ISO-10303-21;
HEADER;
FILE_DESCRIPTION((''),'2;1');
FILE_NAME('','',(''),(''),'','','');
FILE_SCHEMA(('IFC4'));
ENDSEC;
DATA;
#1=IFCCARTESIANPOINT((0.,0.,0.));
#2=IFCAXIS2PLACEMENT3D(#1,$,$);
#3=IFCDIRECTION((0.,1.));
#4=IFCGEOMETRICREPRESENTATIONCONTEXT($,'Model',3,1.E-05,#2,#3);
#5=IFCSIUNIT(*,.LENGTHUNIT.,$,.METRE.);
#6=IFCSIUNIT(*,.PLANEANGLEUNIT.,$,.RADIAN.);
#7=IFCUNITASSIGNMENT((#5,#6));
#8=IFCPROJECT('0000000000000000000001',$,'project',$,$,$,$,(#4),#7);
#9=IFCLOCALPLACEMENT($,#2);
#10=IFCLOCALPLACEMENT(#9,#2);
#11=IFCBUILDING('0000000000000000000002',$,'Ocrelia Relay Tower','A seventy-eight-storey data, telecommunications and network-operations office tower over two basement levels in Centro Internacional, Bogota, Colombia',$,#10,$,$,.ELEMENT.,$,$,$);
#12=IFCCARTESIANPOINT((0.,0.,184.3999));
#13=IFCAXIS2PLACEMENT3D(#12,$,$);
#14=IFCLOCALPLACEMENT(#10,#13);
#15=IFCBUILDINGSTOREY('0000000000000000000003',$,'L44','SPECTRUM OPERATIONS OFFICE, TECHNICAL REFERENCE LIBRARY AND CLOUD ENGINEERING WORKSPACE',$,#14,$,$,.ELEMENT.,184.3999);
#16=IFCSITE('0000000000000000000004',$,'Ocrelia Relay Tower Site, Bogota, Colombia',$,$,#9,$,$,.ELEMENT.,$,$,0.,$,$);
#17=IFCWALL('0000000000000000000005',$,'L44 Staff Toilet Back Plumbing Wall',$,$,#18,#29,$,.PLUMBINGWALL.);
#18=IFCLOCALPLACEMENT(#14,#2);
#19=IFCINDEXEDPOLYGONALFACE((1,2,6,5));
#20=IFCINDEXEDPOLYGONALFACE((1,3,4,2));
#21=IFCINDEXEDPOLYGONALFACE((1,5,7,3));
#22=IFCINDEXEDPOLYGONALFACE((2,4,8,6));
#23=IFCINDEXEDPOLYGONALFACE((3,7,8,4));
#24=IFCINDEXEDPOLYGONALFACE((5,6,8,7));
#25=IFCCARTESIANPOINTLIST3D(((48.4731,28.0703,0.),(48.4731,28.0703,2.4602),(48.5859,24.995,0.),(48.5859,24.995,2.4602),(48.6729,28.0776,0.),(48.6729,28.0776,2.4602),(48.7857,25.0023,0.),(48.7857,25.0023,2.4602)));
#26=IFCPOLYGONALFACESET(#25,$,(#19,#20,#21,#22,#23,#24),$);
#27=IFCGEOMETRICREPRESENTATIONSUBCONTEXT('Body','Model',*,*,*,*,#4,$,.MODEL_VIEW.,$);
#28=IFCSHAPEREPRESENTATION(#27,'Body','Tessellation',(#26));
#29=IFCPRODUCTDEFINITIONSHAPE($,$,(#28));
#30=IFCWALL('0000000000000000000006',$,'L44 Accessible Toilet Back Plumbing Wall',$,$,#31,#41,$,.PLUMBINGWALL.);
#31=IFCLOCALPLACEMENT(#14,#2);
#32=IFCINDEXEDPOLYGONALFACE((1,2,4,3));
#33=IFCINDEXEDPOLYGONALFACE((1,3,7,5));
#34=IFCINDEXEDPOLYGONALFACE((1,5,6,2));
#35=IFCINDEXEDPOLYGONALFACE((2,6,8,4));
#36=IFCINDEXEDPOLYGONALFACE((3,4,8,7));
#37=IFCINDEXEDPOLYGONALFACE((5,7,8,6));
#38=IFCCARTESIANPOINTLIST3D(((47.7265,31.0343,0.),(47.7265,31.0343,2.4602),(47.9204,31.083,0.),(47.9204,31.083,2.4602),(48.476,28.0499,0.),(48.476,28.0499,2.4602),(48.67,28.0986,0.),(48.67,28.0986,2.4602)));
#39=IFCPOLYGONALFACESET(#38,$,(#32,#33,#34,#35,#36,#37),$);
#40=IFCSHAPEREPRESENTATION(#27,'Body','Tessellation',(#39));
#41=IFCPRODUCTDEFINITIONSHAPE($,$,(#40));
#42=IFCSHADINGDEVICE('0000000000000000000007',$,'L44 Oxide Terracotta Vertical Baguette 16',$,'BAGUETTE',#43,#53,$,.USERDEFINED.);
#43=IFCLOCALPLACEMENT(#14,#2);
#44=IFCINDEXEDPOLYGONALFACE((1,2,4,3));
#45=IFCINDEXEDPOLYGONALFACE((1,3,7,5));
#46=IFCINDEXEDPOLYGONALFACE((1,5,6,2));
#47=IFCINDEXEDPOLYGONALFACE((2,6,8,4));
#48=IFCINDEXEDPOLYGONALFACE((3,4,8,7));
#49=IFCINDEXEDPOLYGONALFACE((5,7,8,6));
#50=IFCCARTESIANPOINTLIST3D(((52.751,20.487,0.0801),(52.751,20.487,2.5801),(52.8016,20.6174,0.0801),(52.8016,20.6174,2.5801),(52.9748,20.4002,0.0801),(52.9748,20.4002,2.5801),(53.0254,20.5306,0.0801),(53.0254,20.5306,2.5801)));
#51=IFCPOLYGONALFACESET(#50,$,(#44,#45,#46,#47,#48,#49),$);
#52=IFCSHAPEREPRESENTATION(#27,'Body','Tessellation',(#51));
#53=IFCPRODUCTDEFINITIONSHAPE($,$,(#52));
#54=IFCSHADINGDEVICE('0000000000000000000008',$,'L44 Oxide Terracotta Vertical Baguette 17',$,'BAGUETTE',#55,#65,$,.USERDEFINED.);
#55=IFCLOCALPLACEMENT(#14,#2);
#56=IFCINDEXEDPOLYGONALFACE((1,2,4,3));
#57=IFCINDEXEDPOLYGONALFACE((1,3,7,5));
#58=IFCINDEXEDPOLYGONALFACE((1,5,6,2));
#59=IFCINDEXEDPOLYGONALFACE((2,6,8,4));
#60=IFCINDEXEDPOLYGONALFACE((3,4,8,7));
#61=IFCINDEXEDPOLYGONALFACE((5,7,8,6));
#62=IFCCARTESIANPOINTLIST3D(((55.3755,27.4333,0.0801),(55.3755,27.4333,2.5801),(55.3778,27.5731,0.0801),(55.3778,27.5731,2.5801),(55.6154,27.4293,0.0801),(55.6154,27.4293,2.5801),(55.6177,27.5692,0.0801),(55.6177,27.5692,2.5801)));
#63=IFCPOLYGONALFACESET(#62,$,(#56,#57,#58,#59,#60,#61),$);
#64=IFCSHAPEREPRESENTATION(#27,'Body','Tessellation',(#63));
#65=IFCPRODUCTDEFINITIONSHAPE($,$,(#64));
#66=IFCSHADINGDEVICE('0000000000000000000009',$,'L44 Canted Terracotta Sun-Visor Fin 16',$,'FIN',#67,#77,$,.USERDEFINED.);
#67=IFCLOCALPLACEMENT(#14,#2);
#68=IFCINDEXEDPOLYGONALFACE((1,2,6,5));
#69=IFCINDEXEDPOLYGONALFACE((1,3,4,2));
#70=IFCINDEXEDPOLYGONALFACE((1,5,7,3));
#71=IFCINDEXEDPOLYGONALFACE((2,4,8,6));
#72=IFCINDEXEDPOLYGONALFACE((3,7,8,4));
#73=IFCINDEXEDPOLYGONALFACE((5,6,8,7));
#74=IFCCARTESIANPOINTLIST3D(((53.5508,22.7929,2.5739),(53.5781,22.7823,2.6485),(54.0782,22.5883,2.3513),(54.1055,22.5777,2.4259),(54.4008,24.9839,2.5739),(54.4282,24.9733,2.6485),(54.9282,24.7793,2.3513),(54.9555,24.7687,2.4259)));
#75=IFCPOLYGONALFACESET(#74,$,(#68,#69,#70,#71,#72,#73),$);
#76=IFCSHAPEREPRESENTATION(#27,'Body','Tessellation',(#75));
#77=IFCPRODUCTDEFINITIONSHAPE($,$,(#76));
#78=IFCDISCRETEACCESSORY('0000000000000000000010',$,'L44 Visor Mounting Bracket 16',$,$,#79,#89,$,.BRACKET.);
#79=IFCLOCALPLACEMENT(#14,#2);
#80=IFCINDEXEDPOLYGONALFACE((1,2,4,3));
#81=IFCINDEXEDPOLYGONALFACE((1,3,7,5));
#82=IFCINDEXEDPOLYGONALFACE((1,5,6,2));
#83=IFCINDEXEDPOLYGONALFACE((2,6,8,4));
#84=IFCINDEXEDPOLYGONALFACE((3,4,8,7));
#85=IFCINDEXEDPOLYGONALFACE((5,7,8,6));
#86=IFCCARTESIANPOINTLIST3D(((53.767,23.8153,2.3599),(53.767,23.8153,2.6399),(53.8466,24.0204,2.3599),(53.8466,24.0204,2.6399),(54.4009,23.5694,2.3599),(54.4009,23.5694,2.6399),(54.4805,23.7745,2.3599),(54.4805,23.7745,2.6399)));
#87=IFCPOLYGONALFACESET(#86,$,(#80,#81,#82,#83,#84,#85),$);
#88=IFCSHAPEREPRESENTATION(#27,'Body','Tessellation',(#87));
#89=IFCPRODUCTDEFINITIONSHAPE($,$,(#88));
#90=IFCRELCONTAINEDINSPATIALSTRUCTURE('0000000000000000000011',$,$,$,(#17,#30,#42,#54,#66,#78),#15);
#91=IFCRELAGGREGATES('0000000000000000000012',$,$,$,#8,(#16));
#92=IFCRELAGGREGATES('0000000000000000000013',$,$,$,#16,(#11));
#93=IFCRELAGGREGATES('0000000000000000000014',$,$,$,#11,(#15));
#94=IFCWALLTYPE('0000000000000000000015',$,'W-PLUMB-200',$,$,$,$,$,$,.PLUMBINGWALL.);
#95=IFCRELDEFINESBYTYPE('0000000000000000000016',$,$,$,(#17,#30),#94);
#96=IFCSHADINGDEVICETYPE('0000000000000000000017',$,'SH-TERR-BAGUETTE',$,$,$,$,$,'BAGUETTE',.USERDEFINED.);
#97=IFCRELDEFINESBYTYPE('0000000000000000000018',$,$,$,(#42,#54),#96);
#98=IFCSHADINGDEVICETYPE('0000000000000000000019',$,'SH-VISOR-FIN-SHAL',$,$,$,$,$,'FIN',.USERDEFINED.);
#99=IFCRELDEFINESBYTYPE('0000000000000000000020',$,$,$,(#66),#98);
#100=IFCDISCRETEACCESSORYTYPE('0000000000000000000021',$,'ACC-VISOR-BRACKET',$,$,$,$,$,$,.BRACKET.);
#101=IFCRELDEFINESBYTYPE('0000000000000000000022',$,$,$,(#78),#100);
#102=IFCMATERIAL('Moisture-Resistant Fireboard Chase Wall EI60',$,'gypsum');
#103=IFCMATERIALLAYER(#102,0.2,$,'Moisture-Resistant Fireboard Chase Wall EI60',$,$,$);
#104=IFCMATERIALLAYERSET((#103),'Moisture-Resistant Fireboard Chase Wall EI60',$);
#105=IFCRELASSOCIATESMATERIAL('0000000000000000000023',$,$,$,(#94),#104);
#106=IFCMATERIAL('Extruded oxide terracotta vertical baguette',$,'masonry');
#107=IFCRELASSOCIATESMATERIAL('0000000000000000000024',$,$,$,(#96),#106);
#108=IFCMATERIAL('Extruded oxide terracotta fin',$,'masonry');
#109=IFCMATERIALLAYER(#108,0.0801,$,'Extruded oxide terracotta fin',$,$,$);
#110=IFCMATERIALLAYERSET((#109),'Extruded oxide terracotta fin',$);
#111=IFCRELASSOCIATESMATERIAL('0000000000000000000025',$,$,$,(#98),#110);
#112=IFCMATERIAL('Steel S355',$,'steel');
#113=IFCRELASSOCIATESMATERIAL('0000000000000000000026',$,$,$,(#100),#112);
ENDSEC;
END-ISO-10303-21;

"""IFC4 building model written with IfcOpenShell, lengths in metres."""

from ifc_helpers import new_model, si_unit, direction, frame, frame_2d, origin, origin_2d, place, context, subcontext, project, spatial, rectangle, extrude, material, layer, layer_set, type_object, element, save


model = new_model("IFC4")

# Units and contexts
model_context = context("Model", 3, precision=1e-05, world=origin(), true_north=direction((0.0, 1.0)))
body_context = subcontext(model_context, "Body", "Model", "MODEL_VIEW")
ifc_project = project(units=[si_unit("LENGTHUNIT", "METRE"), si_unit("PLANEANGLEUNIT", "RADIAN")], contexts=[model_context])

# Site, building, storey
site_placement = place(None, origin())
site = spatial("IfcSite", under=ifc_project, at=site_placement, Name="Ocrelia Relay Tower Site, Bogota, Colombia", CompositionType="ELEMENT", RefElevation=0.0)
building_placement = place(site_placement, origin())
building = spatial("IfcBuilding", under=site, at=building_placement, Name="Ocrelia Relay Tower", Description="A seventy-eight-storey data, telecommunications and network-operations office tower over two basement levels in Centro Internacional, Bogota, Colombia", CompositionType="ELEMENT")
storey_placement = place(building_placement, frame((0.0, 0.0, 184.3999)))
storey = spatial("IfcBuildingStorey", under=building, at=storey_placement, Name="L44", Description="SPECTRUM OPERATIONS OFFICE, TECHNICAL REFERENCE LIBRARY AND CLOUD ENGINEERING WORKSPACE", CompositionType="ELEMENT", Elevation=184.3999)

# Shared definitions
ifc_material_1 = material(Name="Steel S355", Category="steel")

# Walls
ifc_material_2 = material(Name="Moisture-Resistant Fireboard Chase Wall EI60", Category="gypsum")
ifc_layer_1 = layer(ifc_material_2, 0.2, Name="Moisture-Resistant Fireboard Chase Wall EI60")
ifc_layer_set_1 = layer_set([ifc_layer_1], Name="Moisture-Resistant Fireboard Chase Wall EI60")
wall_type_1 = type_object("IfcWallType", Name="W-PLUMB-200", PredefinedType="PLUMBINGWALL", material=ifc_layer_set_1)
wall_1_placement = place(storey_placement, frame((48.6858, 24.9988, 0.0), z_axis=(0.0, 0.0, 1.0), x_axis=(-0.036651, 0.999328, 0.0)))
element("IfcWall", 1, at=wall_1_placement, inside=storey, type_object=wall_type_1, Name="L44 Staff Toilet Back Plumbing Wall", PredefinedType="PLUMBINGWALL", context=body_context, shape_type="SweptSolid", body=[
    extrude(rectangle(XDim=3.0774, YDim=0.2, at=frame_2d((1.5386, 0.0))), origin(), (0.0, 0.0, 1.0), 2.4602),
])
wall_2_placement = place(storey_placement, frame((48.573, 28.0742, 0.0), z_axis=(0.0, 0.0, 1.0), x_axis=(-0.243581, 0.969881, 0.0)))
element("IfcWall", 2, at=wall_2_placement, inside=storey, type_object=wall_type_1, Name="L44 Accessible Toilet Back Plumbing Wall", PredefinedType="PLUMBINGWALL", context=body_context, shape_type="SweptSolid", body=[
    extrude(rectangle(XDim=3.0771, YDim=0.2, at=frame_2d((1.5386, 0.0))), origin(), (0.0, 0.0, 1.0), 2.4602),
])

# Shading devices
ifc_material_3 = material(Name="Extruded oxide terracotta vertical baguette", Category="masonry")
shading_device_type_1 = type_object("IfcShadingDeviceType", Name="SH-TERR-BAGUETTE", ElementType="BAGUETTE", PredefinedType="USERDEFINED", material=ifc_material_3)
for number, where, z_axis, x_axis, name in (
    (3, (52.8882, 20.5088, 0.0801), (0.0, 0.0, 1.0), (0.361701, 0.932294, 0.0), "L44 Oxide Terracotta Vertical Baguette 16"),
    (4, (55.4966, 27.5012, 0.0801), (0.0, 0.0, 1.0), (0.016471, 0.999864, 0.0), "L44 Oxide Terracotta Vertical Baguette 17"),
):
    element("IfcShadingDevice", number, at=place(storey_placement, frame(where, z_axis=z_axis, x_axis=x_axis)), inside=storey, type_object=shading_device_type_1, Name=name, ObjectType="BAGUETTE", PredefinedType="USERDEFINED", context=body_context, shape_type="SweptSolid", body=[
        extrude(rectangle(XDim=0.1399, YDim=0.24, at=origin_2d()), origin(), (0.0, 0.0, 1.0), 2.5),
    ])
ifc_material_4 = material(Name="Extruded oxide terracotta fin", Category="masonry")
ifc_layer_2 = layer(ifc_material_4, 0.0801, Name="Extruded oxide terracotta fin")
ifc_layer_set_2 = layer_set([ifc_layer_2], Name="Extruded oxide terracotta fin")
shading_device_type_2 = type_object("IfcShadingDeviceType", Name="SH-VISOR-FIN-SHAL", ElementType="FIN", PredefinedType="USERDEFINED", material=ifc_layer_set_2)
shading_device_placement = place(storey_placement, frame((54.2395, 23.7861, 2.4626), z_axis=(0.341384, -0.132446, 0.930545), x_axis=(0.361701, 0.932294, 0.0)))
element("IfcShadingDevice", 5, at=shading_device_placement, inside=storey, type_object=shading_device_type_2, Name="L44 Canted Terracotta Sun-Visor Fin 16", ObjectType="FIN", PredefinedType="USERDEFINED", context=body_context, shape_type="SweptSolid", body=[
    extrude(rectangle(XDim=2.3501, YDim=0.6079, at=origin_2d()), origin(), (0.0, 0.0, 1.0), 0.0801),
])

# Discrete accessory
discrete_accessory_type = type_object("IfcDiscreteAccessoryType", Name="ACC-VISOR-BRACKET", PredefinedType="BRACKET", material=ifc_material_1)
discrete_accessory_placement = place(storey_placement, frame((54.1238, 23.7949, 2.3599), z_axis=(0.0, 0.0, 1.0), x_axis=(0.361701, 0.932294, 0.0)))
element("IfcDiscreteAccessory", 6, at=discrete_accessory_placement, inside=storey, type_object=discrete_accessory_type, Name="L44 Visor Mounting Bracket 16", PredefinedType="BRACKET", context=body_context, shape_type="SweptSolid", body=[
    extrude(rectangle(XDim=0.22, YDim=0.6799, at=origin_2d()), origin(), (0.0, 0.0, 1.0), 0.28),
])

save(model, "model.ifc")
